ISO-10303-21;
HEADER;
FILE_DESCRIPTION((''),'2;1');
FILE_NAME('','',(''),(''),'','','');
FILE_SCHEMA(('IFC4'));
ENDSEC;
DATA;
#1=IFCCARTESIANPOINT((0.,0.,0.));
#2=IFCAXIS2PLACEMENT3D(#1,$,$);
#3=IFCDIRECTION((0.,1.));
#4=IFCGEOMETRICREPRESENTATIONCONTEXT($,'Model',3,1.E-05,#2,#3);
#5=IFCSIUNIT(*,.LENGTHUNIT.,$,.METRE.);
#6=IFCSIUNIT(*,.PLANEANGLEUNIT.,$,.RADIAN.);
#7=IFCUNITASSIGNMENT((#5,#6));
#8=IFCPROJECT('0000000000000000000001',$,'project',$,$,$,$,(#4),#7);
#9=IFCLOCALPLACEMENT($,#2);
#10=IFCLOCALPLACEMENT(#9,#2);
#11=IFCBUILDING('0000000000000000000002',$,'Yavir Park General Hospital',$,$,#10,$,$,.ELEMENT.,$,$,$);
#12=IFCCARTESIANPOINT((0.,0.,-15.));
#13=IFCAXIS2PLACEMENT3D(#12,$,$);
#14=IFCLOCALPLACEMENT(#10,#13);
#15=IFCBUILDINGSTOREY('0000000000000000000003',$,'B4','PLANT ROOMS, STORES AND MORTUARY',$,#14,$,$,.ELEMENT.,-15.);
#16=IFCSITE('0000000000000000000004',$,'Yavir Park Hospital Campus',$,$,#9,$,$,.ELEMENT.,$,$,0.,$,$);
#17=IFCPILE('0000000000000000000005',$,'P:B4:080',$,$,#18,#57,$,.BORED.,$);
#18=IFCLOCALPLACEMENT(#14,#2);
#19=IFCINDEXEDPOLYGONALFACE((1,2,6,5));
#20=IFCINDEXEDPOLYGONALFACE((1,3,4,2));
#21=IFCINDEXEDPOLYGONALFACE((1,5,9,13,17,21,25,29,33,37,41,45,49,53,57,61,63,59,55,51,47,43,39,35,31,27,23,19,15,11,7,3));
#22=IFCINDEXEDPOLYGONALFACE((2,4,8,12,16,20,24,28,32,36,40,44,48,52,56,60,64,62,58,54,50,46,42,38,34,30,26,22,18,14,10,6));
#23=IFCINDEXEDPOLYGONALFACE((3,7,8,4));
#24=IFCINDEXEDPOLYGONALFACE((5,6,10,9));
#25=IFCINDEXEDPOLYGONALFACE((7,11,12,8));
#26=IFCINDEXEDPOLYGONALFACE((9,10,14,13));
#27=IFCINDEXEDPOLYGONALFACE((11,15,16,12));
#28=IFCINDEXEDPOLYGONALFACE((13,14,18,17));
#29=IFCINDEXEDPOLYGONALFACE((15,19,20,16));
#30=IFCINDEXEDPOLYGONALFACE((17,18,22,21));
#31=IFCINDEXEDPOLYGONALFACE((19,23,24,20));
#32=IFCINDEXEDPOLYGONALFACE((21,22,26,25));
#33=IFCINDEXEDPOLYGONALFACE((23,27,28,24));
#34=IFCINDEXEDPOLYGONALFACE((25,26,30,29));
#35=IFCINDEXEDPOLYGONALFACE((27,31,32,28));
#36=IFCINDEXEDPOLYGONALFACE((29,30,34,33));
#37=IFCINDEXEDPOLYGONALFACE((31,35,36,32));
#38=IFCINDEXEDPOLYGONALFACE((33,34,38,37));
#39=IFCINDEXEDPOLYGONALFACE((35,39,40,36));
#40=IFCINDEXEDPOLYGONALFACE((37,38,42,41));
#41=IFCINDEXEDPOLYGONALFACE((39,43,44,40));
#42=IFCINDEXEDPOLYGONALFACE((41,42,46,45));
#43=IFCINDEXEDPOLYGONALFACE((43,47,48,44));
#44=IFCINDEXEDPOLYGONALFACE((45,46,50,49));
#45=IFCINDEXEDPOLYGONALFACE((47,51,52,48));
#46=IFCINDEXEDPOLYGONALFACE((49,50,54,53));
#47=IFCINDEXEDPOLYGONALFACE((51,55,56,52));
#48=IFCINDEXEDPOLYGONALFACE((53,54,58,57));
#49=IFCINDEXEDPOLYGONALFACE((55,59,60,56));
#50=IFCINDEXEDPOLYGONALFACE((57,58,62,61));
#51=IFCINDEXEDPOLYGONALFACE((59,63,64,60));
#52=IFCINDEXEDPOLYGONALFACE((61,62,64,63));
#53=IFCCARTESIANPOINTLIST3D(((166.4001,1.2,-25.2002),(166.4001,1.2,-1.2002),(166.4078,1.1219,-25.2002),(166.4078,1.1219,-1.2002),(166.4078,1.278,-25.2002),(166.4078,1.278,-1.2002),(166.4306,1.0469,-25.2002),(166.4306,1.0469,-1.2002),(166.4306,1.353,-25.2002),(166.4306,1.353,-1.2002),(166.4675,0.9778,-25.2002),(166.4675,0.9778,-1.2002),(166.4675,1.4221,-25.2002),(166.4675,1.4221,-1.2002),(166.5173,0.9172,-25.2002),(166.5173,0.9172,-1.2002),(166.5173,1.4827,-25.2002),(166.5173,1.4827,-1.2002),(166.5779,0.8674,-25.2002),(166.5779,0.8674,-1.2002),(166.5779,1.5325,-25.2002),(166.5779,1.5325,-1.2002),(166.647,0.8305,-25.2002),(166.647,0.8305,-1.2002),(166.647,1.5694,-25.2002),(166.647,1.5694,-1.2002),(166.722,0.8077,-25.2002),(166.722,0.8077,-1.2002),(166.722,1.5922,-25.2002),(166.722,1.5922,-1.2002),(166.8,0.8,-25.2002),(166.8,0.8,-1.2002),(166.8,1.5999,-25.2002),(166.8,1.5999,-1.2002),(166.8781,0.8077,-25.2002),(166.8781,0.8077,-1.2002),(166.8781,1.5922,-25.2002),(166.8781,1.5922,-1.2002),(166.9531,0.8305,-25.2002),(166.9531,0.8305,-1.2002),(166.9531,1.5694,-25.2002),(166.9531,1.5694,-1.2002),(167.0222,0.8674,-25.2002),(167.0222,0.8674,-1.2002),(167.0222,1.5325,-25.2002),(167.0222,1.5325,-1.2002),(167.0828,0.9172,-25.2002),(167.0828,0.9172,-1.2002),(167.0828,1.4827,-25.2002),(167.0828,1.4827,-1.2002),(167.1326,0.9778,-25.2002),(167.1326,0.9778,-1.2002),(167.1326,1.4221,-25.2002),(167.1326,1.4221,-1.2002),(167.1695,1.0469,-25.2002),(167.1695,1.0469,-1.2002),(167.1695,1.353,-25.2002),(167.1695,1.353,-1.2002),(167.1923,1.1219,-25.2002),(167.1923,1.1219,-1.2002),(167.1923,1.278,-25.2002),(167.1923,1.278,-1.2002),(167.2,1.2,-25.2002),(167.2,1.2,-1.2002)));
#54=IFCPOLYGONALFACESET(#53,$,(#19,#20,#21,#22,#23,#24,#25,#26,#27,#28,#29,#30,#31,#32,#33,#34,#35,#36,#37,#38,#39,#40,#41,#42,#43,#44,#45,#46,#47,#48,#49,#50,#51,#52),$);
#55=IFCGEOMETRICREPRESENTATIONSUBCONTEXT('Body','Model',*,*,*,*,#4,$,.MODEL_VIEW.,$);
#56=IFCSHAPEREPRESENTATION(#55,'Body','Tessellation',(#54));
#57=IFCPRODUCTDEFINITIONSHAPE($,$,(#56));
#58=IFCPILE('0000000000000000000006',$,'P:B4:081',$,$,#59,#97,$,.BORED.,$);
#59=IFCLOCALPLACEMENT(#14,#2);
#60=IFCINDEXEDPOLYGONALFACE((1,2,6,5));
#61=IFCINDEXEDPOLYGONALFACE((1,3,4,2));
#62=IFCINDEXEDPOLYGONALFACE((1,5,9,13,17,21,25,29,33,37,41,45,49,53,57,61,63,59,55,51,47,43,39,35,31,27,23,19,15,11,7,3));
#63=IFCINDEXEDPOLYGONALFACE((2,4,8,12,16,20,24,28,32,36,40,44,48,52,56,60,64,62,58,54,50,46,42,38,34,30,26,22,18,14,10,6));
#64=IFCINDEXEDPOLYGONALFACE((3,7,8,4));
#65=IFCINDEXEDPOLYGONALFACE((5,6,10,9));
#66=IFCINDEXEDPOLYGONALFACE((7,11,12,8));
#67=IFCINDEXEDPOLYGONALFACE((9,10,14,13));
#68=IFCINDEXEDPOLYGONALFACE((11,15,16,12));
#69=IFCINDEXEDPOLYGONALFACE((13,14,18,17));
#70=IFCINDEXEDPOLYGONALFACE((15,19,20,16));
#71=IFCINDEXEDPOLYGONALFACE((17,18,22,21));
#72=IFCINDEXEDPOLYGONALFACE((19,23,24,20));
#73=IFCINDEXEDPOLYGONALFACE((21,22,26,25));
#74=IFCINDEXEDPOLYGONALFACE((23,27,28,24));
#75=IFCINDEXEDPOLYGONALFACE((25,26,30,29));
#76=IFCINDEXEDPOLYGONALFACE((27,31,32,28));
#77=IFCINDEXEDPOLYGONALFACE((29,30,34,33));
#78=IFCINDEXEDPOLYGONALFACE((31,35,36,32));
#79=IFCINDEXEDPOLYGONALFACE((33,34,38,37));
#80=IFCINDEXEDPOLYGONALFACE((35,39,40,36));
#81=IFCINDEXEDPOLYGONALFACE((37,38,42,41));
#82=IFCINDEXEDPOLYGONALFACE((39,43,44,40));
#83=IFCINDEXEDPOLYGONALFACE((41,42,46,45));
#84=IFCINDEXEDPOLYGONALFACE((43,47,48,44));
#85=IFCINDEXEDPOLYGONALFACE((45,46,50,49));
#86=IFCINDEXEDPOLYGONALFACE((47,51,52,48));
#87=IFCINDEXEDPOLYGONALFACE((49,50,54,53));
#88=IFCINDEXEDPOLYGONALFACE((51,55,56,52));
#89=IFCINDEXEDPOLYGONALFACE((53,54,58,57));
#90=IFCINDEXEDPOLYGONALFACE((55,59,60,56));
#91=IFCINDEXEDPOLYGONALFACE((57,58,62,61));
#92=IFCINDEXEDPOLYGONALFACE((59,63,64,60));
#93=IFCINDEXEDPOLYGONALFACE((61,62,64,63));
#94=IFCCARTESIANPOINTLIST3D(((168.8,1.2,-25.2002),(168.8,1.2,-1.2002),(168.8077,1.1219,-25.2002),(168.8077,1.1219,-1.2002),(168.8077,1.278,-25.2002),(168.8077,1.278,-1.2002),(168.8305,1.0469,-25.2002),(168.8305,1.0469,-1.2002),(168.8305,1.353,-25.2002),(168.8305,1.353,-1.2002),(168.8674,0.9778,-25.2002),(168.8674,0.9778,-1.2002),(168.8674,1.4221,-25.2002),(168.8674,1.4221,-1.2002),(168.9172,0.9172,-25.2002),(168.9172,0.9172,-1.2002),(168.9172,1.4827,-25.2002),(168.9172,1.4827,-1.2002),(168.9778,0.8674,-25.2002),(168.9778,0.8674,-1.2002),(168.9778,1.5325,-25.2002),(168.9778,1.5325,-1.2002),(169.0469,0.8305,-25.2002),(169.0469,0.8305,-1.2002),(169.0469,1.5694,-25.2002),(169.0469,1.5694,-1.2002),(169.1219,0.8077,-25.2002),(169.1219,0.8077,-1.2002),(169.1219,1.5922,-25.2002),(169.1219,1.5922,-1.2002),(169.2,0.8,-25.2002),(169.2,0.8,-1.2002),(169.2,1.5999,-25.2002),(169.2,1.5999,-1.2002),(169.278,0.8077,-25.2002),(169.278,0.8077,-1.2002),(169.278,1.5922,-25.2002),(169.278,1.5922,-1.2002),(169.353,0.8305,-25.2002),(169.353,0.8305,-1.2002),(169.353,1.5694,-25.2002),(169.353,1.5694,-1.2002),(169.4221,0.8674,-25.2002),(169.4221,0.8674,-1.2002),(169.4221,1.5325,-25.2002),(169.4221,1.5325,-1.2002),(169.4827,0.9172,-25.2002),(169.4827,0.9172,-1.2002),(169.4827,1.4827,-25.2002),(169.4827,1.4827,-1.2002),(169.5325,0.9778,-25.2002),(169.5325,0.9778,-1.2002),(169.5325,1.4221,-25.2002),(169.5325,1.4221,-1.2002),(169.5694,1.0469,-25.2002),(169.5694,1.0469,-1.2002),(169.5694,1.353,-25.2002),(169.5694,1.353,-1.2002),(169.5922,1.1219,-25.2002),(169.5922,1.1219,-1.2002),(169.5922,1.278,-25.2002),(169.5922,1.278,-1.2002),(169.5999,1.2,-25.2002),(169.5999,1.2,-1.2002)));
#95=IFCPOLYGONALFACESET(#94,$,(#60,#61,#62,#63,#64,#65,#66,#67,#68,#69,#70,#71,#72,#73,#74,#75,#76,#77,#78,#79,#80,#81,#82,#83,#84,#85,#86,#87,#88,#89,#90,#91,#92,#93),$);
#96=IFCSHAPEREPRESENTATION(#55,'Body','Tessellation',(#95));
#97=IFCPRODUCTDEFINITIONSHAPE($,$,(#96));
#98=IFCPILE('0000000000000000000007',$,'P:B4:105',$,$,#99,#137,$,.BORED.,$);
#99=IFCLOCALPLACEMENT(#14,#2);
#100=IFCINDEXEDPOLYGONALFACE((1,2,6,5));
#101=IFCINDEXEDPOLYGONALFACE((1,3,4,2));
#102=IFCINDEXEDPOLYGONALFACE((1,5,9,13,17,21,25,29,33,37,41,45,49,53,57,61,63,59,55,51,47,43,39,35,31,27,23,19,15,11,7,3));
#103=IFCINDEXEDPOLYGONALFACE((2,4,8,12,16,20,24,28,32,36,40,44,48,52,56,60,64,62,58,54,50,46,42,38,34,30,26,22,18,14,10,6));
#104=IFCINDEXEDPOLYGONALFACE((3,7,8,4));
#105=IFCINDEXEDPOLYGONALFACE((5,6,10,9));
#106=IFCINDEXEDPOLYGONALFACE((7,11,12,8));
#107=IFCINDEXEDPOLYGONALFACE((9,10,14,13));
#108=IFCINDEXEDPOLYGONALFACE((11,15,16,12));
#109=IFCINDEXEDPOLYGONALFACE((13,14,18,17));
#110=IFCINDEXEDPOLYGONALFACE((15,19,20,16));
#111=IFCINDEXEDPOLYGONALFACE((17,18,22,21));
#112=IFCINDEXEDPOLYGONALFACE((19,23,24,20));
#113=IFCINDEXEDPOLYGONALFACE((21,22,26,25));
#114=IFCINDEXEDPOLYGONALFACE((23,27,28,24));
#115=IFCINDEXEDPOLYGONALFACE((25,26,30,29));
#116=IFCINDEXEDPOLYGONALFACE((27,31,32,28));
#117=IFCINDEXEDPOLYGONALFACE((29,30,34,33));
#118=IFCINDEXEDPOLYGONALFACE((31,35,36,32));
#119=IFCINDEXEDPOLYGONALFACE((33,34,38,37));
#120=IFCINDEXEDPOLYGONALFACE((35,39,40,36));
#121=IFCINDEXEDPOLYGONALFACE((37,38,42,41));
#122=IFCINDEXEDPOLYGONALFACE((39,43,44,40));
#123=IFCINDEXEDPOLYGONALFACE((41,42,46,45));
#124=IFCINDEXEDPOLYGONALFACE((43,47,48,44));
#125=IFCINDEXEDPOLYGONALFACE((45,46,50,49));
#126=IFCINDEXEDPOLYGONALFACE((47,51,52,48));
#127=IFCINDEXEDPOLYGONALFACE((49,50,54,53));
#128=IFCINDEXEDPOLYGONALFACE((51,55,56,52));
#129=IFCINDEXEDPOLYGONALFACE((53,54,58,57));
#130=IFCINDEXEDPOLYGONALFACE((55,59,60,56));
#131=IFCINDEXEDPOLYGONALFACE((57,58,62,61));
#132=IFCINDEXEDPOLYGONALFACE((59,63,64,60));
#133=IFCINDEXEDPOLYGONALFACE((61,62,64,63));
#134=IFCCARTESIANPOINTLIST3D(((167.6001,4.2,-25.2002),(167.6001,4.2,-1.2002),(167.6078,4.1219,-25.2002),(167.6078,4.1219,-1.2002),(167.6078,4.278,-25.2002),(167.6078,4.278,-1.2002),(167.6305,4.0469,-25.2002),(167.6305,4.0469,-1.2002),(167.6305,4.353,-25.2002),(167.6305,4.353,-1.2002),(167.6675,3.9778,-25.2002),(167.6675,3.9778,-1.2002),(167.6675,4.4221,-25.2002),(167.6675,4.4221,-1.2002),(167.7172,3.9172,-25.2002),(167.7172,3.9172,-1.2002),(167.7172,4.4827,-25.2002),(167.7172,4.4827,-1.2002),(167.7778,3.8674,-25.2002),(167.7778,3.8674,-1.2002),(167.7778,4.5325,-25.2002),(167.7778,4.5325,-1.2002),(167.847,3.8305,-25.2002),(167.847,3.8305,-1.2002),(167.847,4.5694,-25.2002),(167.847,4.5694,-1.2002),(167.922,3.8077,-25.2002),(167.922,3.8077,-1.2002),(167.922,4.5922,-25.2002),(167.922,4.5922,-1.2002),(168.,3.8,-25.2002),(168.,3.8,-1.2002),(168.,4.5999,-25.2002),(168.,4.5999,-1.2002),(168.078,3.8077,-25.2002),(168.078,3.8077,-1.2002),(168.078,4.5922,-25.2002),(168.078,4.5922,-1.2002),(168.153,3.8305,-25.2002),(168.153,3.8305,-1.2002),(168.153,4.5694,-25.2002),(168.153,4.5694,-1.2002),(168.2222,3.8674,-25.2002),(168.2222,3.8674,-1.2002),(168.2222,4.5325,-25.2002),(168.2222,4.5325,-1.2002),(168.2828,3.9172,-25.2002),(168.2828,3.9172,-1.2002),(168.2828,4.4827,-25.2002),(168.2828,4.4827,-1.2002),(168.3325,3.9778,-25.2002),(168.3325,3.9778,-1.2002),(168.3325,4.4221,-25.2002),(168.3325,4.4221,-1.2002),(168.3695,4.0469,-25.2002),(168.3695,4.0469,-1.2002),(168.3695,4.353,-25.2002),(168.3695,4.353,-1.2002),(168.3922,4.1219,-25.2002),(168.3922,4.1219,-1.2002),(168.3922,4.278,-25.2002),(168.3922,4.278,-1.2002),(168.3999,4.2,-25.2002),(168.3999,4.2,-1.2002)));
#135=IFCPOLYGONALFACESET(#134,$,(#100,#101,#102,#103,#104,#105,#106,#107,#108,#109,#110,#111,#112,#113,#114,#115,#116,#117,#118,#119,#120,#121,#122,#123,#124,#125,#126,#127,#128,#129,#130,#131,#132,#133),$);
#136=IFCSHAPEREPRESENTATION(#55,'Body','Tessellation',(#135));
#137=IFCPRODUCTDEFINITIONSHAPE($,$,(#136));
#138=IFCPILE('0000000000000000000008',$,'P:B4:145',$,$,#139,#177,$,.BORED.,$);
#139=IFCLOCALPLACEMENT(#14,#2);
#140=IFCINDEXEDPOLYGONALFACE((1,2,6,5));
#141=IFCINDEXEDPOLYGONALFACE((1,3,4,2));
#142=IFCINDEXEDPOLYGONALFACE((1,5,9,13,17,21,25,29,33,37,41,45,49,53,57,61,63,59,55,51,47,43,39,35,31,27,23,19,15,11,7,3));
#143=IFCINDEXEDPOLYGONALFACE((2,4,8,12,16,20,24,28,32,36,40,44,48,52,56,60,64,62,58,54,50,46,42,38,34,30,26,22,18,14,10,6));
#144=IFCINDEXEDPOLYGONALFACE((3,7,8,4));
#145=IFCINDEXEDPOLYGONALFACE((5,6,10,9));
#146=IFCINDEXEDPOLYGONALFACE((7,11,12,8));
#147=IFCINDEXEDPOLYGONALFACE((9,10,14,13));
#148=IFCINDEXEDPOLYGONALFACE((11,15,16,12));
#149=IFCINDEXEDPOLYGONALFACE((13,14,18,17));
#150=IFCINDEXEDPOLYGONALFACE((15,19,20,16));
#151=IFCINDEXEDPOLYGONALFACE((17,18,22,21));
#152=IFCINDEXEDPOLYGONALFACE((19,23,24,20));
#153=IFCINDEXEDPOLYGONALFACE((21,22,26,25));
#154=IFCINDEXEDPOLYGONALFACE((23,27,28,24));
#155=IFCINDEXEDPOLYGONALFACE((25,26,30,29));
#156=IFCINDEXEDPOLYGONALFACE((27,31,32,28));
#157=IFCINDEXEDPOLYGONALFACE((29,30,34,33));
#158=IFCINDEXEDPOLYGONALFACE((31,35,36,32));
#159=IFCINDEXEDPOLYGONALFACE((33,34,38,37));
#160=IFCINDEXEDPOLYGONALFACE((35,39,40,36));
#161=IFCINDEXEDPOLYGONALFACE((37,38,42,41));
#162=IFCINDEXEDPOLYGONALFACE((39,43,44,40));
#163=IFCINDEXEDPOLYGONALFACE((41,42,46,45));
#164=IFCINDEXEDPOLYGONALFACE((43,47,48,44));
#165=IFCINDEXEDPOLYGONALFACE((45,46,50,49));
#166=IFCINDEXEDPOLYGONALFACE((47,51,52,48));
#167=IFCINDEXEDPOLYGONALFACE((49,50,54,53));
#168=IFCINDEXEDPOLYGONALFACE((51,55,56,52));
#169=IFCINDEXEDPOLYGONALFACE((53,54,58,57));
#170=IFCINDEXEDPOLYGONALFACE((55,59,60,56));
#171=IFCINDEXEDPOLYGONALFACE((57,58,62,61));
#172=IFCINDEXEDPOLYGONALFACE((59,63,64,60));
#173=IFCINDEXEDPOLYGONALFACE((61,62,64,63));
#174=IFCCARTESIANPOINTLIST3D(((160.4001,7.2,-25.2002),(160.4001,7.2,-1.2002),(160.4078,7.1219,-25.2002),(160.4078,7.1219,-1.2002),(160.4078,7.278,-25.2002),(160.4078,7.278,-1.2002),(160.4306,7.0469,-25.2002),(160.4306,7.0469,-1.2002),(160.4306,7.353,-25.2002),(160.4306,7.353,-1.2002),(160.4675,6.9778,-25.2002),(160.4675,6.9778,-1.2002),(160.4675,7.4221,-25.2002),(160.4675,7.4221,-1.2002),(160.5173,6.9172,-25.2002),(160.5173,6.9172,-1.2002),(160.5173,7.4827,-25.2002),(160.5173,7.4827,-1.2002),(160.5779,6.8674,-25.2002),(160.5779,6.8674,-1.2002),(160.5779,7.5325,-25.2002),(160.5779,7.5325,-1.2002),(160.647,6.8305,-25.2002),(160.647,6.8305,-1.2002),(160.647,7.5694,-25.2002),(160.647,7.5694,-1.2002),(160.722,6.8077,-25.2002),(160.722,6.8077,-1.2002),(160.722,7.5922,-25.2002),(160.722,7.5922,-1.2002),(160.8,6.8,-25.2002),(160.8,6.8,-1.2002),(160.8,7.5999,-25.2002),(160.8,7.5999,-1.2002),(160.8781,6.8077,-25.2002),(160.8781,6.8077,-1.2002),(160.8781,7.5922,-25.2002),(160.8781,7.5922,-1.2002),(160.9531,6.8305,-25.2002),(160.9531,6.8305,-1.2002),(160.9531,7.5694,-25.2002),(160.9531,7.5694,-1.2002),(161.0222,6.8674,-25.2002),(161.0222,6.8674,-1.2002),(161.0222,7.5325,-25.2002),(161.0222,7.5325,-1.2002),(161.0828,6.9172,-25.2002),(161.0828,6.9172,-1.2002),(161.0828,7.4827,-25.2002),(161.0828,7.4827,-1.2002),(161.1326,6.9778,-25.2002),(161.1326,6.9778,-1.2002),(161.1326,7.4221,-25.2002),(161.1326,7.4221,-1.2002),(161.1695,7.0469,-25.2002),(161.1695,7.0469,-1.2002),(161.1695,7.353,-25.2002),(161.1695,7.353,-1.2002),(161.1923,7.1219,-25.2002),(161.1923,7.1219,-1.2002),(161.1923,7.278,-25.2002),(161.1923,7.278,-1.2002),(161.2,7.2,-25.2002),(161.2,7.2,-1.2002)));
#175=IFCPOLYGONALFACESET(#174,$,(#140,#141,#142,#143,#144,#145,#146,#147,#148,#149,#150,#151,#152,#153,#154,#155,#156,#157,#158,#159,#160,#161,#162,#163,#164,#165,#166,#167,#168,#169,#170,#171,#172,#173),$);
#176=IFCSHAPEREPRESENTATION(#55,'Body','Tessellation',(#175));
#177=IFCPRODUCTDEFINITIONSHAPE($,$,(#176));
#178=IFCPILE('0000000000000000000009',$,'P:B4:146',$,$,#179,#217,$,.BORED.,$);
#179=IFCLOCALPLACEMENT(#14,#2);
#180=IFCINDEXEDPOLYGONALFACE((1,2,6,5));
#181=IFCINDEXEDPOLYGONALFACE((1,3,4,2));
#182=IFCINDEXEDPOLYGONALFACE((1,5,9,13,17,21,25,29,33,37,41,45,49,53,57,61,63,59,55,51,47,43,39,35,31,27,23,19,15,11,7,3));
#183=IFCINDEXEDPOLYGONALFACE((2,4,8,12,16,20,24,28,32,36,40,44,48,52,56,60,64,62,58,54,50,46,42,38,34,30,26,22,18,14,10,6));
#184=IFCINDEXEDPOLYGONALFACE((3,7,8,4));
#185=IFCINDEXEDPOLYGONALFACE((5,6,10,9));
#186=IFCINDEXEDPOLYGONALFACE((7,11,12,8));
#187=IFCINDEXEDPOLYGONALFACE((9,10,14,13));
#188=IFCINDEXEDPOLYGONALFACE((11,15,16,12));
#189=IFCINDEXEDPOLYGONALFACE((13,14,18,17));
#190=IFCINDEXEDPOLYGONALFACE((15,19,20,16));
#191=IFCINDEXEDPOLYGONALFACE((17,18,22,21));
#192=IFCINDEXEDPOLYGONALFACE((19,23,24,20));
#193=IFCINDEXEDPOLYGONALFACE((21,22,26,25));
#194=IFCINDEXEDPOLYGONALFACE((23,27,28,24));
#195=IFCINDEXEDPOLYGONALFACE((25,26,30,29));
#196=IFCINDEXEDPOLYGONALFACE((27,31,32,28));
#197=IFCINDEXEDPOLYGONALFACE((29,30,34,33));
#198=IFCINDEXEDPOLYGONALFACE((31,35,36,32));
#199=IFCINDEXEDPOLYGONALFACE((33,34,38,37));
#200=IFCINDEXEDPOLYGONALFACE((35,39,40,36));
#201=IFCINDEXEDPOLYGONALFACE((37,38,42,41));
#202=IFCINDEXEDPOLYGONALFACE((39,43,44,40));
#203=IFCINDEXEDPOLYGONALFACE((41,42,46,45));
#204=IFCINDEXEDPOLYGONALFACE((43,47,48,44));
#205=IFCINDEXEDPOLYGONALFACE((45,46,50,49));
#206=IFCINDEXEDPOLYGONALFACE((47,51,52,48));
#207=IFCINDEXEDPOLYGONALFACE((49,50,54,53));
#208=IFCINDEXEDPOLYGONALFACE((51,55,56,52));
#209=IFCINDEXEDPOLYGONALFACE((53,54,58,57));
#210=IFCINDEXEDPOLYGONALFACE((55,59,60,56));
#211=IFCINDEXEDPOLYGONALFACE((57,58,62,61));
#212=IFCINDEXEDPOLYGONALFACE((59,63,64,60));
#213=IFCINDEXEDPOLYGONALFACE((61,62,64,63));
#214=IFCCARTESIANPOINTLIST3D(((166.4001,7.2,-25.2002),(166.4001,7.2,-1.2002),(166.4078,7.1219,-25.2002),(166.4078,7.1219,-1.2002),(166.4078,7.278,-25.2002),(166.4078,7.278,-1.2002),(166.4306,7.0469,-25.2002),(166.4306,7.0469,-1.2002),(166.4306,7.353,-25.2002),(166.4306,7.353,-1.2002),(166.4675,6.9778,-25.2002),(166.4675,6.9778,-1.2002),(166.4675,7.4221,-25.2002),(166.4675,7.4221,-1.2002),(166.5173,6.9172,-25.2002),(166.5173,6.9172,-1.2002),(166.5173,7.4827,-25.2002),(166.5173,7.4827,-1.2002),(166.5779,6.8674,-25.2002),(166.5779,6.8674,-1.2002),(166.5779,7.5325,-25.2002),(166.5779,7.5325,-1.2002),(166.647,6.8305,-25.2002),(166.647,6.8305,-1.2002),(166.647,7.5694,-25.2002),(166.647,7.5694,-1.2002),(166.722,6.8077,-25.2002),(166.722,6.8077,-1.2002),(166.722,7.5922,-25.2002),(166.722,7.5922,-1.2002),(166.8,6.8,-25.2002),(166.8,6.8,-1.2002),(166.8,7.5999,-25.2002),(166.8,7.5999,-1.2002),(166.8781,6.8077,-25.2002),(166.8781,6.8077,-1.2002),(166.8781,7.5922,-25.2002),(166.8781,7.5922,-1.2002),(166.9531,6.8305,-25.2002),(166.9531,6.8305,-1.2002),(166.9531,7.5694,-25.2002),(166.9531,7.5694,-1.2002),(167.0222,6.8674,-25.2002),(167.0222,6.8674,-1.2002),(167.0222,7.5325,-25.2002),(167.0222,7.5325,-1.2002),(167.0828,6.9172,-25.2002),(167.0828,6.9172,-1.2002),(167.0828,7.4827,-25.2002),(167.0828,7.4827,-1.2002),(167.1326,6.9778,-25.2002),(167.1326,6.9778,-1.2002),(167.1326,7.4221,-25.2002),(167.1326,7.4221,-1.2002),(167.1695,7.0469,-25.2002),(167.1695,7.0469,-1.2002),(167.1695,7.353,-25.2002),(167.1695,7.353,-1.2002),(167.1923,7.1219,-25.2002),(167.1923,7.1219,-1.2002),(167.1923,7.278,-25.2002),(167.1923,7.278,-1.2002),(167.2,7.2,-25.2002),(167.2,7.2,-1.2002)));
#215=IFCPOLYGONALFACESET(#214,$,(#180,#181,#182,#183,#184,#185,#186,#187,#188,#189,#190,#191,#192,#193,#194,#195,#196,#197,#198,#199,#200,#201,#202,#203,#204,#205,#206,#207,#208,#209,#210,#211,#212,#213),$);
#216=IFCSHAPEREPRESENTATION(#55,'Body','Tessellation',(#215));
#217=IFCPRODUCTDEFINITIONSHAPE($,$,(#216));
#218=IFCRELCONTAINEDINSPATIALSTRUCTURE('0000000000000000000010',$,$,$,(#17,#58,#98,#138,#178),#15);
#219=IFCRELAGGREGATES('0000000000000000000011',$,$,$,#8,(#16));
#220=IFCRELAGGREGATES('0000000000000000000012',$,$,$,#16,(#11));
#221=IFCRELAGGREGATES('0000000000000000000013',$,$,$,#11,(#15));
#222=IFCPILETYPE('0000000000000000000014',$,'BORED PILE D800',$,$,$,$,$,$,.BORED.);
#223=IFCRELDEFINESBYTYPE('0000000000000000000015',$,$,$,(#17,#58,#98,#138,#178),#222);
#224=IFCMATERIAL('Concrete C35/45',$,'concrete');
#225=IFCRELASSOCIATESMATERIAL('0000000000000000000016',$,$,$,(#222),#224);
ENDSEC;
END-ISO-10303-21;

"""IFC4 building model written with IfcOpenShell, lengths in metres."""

from ifc_helpers import new_model, si_unit, direction, frame, origin, origin_2d, place, context, subcontext, project, spatial, circle, extrude, material, material_profile, profile_set, type_object, element, save


model = new_model("IFC4")

# Units and contexts
model_context = context("Model", 3, precision=1e-05, world=origin(), true_north=direction((0.0, 1.0)))
body_context = subcontext(model_context, "Body", "Model", "MODEL_VIEW")
ifc_project = project(units=[si_unit("LENGTHUNIT", "METRE"), si_unit("PLANEANGLEUNIT", "RADIAN")], contexts=[model_context])

# Site, building, storey
site_placement = place(None, origin())
site = spatial("IfcSite", under=ifc_project, at=site_placement, Name="Yavir Park Hospital Campus", CompositionType="ELEMENT", RefElevation=0.0)
building_placement = place(site_placement, origin())
building = spatial("IfcBuilding", under=site, at=building_placement, Name="Yavir Park General Hospital", CompositionType="ELEMENT")
storey_placement = place(building_placement, frame((0.0, 0.0, -15.0)))
storey = spatial("IfcBuildingStorey", under=building, at=storey_placement, Name="B4", Description="PLANT ROOMS, STORES AND MORTUARY", CompositionType="ELEMENT", Elevation=-15.0)

# Piles
ifc_material_1 = material(Name="Concrete C35/45", Category="concrete")
ifc_material_profile_1 = material_profile(ifc_material_1, circle(Radius=0.3999, at=origin_2d()), Name="D800")
ifc_profile_set_1 = profile_set([ifc_material_profile_1], Name="Concrete C35/45")
pile_type = type_object("IfcPileType", Name="BORED PILE D800", PredefinedType="BORED", material=ifc_profile_set_1)
for number, where, z_axis, x_axis, name in (
    (1, (166.8, 1.2, -1.2002), (0.0, 0.0, -1.0), (1.0, 0.0, 0.0), "P:B4:080"),
    (2, (169.2, 1.2, -1.2002), (0.0, 0.0, -1.0), (1.0, 0.0, 0.0), "P:B4:081"),
    (3, (168.0, 4.2, -1.2002), (0.0, 0.0, -1.0), (1.0, 0.0, 0.0), "P:B4:105"),
    (4, (160.8, 7.2, -1.2002), (0.0, 0.0, -1.0), (1.0, 0.0, 0.0), "P:B4:145"),
    (5, (166.8, 7.2, -1.2002), (0.0, 0.0, -1.0), (1.0, 0.0, 0.0), "P:B4:146"),
):
    element("IfcPile", number, at=place(storey_placement, frame(where, z_axis=z_axis, x_axis=x_axis)), inside=storey, type_object=pile_type, Name=name, PredefinedType="BORED", context=body_context, shape_type="SweptSolid", body=[
        extrude(circle(Radius=0.3999, at=origin_2d()), origin(), (0.0, 0.0, 1.0), 24.0),
    ])

save(model, "model.ifc")
